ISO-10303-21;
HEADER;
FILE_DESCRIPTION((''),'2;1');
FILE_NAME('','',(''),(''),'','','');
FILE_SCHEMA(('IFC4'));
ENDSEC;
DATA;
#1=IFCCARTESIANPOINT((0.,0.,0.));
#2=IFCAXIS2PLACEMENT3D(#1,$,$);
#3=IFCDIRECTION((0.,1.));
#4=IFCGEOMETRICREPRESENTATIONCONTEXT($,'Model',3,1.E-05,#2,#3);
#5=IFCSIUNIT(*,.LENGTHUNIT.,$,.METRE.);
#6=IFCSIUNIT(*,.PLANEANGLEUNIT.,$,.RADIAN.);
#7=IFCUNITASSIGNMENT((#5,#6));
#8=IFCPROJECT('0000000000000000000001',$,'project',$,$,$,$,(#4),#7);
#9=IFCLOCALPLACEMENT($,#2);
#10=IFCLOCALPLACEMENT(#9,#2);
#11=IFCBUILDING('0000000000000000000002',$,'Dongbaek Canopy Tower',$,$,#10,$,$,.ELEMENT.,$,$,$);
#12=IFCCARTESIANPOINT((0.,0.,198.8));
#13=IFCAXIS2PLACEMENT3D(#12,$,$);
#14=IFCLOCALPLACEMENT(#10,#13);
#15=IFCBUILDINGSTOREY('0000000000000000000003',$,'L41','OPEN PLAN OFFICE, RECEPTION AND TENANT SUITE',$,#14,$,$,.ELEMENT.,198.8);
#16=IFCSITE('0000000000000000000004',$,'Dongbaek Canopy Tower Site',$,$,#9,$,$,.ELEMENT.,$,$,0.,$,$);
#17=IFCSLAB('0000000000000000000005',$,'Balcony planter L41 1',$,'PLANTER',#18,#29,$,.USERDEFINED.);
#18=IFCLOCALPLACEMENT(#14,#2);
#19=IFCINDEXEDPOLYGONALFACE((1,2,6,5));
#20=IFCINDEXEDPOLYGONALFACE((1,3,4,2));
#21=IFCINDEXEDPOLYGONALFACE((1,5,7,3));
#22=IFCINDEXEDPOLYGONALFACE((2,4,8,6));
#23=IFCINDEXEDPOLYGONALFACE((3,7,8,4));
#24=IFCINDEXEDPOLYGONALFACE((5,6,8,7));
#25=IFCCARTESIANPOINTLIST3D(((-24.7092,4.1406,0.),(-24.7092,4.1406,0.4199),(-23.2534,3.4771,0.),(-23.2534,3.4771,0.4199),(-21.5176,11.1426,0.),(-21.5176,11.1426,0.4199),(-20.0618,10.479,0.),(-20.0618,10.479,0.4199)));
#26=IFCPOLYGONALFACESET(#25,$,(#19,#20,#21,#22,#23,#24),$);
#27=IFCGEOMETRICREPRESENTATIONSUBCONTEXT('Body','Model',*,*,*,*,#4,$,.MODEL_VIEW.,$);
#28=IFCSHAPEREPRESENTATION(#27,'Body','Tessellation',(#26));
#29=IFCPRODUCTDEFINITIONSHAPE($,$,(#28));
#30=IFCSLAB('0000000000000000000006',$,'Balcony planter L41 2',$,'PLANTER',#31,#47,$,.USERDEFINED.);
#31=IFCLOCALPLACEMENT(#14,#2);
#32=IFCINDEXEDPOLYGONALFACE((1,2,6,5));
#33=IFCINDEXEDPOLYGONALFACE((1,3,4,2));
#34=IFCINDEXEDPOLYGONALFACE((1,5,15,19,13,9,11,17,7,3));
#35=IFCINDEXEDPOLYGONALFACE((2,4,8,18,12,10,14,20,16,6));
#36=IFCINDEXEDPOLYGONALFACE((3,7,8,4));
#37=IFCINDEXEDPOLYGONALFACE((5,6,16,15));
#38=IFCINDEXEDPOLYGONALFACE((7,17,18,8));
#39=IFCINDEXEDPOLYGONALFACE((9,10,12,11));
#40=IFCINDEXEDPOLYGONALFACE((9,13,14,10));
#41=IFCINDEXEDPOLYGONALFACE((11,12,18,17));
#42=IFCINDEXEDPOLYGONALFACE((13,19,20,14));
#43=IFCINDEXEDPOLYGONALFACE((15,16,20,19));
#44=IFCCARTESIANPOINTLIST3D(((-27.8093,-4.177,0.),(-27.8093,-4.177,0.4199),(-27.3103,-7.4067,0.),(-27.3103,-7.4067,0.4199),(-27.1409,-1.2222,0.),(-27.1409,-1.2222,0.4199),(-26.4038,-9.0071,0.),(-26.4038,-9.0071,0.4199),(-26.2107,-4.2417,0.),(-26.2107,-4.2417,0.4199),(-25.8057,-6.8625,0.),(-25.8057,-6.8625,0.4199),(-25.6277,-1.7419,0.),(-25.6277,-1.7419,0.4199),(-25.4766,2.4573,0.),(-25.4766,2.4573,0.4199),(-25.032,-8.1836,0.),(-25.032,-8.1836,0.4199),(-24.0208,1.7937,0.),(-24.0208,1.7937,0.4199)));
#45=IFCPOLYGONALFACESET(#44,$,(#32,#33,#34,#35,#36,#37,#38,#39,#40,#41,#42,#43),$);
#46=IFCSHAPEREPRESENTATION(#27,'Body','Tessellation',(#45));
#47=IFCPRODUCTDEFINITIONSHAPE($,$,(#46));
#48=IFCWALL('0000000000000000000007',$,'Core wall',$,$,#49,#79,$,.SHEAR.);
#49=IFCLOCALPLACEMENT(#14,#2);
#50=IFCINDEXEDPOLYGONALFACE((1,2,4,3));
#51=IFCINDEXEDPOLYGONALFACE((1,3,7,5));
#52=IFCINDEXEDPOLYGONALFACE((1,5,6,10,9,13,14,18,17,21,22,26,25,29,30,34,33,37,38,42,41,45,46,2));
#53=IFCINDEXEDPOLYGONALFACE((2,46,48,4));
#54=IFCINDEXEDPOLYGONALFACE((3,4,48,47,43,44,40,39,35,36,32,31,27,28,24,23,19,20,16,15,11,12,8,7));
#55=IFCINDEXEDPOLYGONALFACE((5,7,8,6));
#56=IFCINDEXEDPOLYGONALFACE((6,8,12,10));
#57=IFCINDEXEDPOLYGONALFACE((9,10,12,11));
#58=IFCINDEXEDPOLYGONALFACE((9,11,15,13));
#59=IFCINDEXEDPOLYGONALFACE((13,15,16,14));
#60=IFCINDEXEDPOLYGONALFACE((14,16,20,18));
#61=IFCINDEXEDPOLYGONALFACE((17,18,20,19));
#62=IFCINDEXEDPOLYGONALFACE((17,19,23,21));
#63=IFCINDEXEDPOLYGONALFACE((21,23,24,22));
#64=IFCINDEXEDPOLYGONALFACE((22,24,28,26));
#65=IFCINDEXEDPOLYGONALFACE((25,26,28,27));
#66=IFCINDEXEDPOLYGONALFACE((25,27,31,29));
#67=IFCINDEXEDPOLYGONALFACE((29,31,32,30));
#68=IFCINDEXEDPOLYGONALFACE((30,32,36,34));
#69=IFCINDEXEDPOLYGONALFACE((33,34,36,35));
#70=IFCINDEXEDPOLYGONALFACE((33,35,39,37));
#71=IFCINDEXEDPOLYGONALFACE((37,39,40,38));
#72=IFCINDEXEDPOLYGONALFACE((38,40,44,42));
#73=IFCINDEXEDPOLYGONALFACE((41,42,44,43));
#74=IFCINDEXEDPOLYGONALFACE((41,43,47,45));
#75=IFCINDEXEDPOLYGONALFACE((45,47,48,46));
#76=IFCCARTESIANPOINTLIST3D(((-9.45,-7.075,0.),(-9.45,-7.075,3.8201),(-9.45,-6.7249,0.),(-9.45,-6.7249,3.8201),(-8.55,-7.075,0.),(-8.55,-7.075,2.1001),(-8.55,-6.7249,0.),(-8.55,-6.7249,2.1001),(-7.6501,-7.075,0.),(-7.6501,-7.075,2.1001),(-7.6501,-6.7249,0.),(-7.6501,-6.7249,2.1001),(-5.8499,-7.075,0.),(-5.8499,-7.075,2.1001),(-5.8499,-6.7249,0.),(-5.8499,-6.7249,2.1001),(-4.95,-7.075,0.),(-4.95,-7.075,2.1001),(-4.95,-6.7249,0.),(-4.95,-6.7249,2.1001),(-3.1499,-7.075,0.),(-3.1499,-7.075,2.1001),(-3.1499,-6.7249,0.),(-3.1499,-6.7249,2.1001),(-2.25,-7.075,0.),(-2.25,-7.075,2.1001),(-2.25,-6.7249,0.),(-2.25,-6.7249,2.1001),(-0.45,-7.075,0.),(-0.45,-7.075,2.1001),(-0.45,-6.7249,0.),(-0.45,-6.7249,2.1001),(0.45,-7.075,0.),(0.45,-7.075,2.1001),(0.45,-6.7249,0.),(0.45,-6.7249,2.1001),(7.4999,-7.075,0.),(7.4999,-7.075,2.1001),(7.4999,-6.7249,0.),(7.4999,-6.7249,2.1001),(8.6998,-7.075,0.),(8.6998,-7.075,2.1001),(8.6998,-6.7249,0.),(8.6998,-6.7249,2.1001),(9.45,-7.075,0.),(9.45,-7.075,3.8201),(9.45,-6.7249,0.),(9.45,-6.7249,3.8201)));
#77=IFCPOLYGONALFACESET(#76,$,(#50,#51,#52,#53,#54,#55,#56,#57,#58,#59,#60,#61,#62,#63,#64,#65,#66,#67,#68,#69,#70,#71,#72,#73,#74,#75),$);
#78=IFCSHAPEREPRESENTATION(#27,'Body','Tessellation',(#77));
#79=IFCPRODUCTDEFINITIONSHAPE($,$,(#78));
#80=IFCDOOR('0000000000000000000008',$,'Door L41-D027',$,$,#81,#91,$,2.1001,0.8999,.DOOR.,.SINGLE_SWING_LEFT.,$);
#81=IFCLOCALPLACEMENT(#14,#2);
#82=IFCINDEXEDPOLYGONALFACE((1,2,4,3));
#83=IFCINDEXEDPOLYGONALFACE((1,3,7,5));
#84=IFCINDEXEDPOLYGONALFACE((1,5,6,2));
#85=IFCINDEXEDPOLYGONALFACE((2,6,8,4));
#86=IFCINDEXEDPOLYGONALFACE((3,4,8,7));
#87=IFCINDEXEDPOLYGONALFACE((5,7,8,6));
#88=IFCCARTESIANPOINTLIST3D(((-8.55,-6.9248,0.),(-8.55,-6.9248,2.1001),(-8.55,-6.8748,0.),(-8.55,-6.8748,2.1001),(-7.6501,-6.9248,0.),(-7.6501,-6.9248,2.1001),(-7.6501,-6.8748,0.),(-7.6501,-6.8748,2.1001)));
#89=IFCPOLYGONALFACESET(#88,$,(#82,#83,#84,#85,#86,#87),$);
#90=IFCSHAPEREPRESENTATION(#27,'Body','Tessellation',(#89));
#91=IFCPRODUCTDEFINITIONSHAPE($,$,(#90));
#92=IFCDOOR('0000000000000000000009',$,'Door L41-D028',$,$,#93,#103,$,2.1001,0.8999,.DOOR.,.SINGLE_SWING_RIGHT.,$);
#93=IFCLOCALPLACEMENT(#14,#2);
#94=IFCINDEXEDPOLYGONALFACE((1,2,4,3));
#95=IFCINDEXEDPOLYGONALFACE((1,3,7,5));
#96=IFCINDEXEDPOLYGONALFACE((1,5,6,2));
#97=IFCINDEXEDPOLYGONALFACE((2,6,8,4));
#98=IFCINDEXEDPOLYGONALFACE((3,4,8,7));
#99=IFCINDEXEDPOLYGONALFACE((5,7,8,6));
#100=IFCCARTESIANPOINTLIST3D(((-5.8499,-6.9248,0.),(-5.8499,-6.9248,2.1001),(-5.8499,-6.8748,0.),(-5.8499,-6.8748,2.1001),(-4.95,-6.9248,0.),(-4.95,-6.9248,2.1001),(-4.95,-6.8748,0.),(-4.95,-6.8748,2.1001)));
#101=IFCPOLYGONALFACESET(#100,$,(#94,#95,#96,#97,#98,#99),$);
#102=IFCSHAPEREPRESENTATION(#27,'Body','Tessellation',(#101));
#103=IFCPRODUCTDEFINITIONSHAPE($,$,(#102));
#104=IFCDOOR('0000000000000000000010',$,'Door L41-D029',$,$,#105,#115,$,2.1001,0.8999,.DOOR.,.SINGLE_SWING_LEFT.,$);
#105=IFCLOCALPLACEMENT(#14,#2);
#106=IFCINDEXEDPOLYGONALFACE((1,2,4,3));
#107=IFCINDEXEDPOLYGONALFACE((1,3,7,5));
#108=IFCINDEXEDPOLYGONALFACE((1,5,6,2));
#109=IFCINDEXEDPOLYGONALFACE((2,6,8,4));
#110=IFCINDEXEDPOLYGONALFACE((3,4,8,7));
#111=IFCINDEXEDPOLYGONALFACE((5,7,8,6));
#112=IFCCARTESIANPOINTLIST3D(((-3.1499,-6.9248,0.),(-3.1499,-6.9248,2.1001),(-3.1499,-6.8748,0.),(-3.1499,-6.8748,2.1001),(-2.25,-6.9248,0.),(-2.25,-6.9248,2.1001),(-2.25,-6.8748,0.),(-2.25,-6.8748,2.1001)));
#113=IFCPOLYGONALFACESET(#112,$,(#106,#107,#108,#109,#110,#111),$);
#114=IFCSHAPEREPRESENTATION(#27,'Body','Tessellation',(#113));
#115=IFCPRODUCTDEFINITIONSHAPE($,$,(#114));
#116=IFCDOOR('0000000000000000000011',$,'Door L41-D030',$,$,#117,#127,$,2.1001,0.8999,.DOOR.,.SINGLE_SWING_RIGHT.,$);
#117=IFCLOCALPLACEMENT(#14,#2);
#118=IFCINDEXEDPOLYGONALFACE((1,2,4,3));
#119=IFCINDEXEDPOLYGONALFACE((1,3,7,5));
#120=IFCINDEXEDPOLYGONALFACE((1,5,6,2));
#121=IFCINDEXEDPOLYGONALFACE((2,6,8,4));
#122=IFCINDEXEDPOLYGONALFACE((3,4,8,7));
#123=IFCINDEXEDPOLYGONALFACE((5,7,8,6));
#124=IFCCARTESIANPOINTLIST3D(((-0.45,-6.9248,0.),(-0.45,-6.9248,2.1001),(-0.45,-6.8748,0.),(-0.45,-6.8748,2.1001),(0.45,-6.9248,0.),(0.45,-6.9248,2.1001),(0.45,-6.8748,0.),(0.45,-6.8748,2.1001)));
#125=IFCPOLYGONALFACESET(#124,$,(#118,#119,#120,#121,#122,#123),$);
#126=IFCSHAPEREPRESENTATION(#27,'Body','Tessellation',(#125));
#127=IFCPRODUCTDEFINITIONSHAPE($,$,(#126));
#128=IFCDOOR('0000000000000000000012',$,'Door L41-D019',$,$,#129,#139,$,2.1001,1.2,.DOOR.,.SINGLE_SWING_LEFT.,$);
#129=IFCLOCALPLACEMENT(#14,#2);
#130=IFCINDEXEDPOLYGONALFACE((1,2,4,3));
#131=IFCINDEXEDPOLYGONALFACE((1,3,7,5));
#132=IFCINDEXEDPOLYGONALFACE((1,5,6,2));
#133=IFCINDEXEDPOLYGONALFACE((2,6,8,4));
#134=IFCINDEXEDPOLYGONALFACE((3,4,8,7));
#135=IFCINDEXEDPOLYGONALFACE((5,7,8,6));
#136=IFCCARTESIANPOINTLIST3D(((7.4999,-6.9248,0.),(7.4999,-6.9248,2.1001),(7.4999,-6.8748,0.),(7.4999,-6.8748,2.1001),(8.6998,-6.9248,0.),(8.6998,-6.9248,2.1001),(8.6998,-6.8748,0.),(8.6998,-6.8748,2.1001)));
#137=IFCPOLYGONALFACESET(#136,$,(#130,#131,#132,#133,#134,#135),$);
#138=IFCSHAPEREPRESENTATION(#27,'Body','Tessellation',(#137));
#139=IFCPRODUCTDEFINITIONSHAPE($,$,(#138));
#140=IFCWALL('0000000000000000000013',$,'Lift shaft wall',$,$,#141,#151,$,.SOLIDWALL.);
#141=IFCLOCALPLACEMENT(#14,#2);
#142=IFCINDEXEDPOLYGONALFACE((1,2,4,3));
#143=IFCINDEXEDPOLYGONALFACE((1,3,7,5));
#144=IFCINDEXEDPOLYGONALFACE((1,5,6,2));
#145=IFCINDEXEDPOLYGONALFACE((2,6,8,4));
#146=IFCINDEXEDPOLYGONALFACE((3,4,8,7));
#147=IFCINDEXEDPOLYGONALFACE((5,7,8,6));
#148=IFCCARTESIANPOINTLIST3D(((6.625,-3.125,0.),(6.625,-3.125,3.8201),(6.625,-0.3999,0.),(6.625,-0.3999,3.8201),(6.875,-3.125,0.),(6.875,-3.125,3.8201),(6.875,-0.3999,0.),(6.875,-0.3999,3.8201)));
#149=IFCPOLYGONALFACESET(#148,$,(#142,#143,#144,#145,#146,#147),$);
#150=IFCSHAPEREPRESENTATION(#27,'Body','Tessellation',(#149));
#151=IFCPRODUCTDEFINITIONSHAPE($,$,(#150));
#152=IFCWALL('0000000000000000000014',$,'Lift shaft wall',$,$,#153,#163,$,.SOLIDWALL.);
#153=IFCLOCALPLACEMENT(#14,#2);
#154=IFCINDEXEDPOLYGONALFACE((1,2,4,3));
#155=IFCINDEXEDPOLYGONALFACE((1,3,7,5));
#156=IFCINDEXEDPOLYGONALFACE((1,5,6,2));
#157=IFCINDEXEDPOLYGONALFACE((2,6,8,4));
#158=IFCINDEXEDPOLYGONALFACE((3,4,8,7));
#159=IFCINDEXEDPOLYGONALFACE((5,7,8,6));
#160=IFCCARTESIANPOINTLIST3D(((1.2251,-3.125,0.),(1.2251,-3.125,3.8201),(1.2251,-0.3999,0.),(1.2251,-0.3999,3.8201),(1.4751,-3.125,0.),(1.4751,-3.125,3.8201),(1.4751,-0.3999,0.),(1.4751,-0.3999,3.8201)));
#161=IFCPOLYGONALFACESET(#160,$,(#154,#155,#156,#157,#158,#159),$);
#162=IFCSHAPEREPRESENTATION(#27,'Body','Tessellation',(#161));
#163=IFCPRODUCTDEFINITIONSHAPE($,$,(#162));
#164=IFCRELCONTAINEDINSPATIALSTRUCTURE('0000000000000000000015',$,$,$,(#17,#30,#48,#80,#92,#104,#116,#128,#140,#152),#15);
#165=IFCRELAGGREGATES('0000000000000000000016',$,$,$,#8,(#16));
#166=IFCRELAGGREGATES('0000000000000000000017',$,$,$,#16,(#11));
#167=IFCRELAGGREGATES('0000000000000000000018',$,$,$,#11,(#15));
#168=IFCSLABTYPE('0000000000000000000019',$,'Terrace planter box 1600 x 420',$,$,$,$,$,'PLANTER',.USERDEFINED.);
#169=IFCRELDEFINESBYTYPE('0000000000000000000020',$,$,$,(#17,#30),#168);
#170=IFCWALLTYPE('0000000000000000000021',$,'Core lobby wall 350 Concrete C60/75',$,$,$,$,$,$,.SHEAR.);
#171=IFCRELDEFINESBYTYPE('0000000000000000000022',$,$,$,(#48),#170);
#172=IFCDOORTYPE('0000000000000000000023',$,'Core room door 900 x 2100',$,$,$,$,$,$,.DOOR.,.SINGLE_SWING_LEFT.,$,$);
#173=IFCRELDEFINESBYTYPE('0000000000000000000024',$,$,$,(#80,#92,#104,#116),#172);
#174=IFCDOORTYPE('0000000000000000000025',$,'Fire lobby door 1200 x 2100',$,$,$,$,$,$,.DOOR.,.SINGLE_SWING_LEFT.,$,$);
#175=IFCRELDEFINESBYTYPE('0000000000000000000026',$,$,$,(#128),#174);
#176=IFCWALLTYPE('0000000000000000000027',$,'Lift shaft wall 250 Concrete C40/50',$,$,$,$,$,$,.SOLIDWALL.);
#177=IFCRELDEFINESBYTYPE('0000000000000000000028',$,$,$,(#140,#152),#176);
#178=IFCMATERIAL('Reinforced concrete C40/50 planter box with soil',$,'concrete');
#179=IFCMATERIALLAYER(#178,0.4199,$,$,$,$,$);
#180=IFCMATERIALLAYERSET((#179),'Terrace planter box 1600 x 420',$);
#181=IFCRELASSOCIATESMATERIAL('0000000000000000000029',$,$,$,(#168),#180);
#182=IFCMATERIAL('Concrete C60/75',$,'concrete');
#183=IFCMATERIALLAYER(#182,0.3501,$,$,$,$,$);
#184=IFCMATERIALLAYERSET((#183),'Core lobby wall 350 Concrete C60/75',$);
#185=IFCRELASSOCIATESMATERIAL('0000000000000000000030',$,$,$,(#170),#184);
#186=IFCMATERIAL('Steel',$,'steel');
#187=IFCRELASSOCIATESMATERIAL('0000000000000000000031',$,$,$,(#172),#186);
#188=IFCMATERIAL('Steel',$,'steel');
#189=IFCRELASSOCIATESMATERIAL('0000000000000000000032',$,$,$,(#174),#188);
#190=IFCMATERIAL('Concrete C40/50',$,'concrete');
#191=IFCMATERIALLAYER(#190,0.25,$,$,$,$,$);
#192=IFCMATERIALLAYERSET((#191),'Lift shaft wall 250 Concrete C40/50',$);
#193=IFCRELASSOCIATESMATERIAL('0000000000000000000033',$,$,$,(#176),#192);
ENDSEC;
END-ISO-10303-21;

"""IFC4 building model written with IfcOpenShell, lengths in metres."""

from ifc_helpers import new_model, si_unit, direction, frame, frame_2d, origin, place, context, subcontext, project, spatial, polyline, rectangle, outline, extrude, material, layer, layer_set, type_object, element, fill, save


model = new_model("IFC4")

# Units and contexts
model_context = context("Model", 3, precision=1e-05, world=origin(), true_north=direction((0.0, 1.0)))
body_context = subcontext(model_context, "Body", "Model", "MODEL_VIEW")
ifc_project = project(units=[si_unit("LENGTHUNIT", "METRE"), si_unit("PLANEANGLEUNIT", "RADIAN")], contexts=[model_context])

# Site, building, storey
site_placement = place(None, origin())
site = spatial("IfcSite", under=ifc_project, at=site_placement, Name="Dongbaek Canopy Tower Site", CompositionType="ELEMENT", RefElevation=0.0)
building_placement = place(site_placement, origin())
building = spatial("IfcBuilding", under=site, at=building_placement, Name="Dongbaek Canopy Tower", CompositionType="ELEMENT")
storey_placement = place(building_placement, frame((0.0, 0.0, 198.8)))
storey = spatial("IfcBuildingStorey", under=building, at=storey_placement, Name="L41", Description="OPEN PLAN OFFICE, RECEPTION AND TENANT SUITE", CompositionType="ELEMENT", Elevation=198.8)

# Slabs
ifc_material_1 = material(Name="Reinforced concrete C40/50 planter box with soil", Category="concrete")
ifc_layer_1 = layer(ifc_material_1, 0.4199)
ifc_layer_set_1 = layer_set([ifc_layer_1], Name="Terrace planter box 1600 x 420")
slab_type_1 = type_object("IfcSlabType", Name="Terrace planter box 1600 x 420", ElementType="PLANTER", PredefinedType="USERDEFINED", material=ifc_layer_set_1)
slab_1_placement = place(storey_placement, origin())
element("IfcSlab", 1, at=slab_1_placement, inside=storey, type_object=slab_type_1, Name="Balcony planter L41 1", ObjectType="PLANTER", PredefinedType="USERDEFINED", context=body_context, shape_type="SweptSolid", body=[
    extrude(outline(polyline([(-20.0618, 10.479), (-23.2534, 3.4771), (-24.7092, 4.1406), (-21.5176, 11.1426), (-20.0618, 10.479)])), origin(), (0.0, 0.0, 1.0), 0.4199),
])
slab_2_placement = place(storey_placement, origin())
element("IfcSlab", 2, at=slab_2_placement, inside=storey, type_object=slab_type_1, Name="Balcony planter L41 2", ObjectType="PLANTER", PredefinedType="USERDEFINED", context=body_context, shape_type="SweptSolid", body=[
    extrude(outline(polyline([(-24.0208, 1.7937), (-25.6277, -1.7419), (-26.2107, -4.2417), (-25.8057, -6.8625), (-25.032, -8.1836), (-26.4038, -9.0071), (-27.3103, -7.4067), (-27.8093, -4.177), (-27.1409, -1.2222), (-25.4766, 2.4573), (-24.0208, 1.7937)])), origin(), (0.0, 0.0, 1.0), 0.4199),
])

# Wall, openings, doors
ifc_material_2 = material(Name="Concrete C60/75", Category="concrete")
ifc_layer_2 = layer(ifc_material_2, 0.3501)
ifc_layer_set_2 = layer_set([ifc_layer_2], Name="Core lobby wall 350 Concrete C60/75")
wall_type_1 = type_object("IfcWallType", Name="Core lobby wall 350 Concrete C60/75", PredefinedType="SHEAR", material=ifc_layer_set_2)
wall_1_placement = place(storey_placement, frame((9.45, -6.8999, 0.0), z_axis=(0.0, 0.0, 1.0), x_axis=(-1.0, 0.0, 0.0)))
wall_1 = element("IfcWall", 3, at=wall_1_placement, inside=storey, type_object=wall_type_1, Name="Core wall", PredefinedType="SHEAR", context=body_context, shape_type="SweptSolid", body=[
    extrude(rectangle(XDim=18.8999, YDim=0.3501, at=frame_2d((9.45, 0.0))), origin(), (0.0, 0.0, 1.0), 3.8201),
])
opening_1_placement = place(wall_1_placement, frame((0.75, 0.0, 0.0)))
opening_1 = element("IfcOpeningElement", 4, at=opening_1_placement, cuts=wall_1, PredefinedType="OPENING", context=body_context, shape_type="SweptSolid", body=[
    extrude(rectangle(XDim=1.2, YDim=2.1001, at=frame_2d((0.6001, 1.05))), frame((0.0, 0.1851, 0.0), z_axis=(0.0, -1.0, 0.0), x_axis=(1.0, 0.0, 0.0)), (0.0, 0.0, 1.0), 0.3701),
])
opening_2_placement = place(wall_1_placement, frame((17.1001, 0.0, 0.0)))
opening_2 = element("IfcOpeningElement", 5, at=opening_2_placement, cuts=wall_1, PredefinedType="OPENING", context=body_context, shape_type="SweptSolid", body=[
    extrude(rectangle(XDim=0.8999, YDim=2.1001, at=frame_2d((0.45, 1.05))), frame((0.0, 0.1851, 0.0), z_axis=(0.0, -1.0, 0.0), x_axis=(1.0, 0.0, 0.0)), (0.0, 0.0, 1.0), 0.3701),
])
opening_3_placement = place(wall_1_placement, frame((14.3999, 0.0, 0.0)))
opening_3 = element("IfcOpeningElement", 6, at=opening_3_placement, cuts=wall_1, PredefinedType="OPENING", context=body_context, shape_type="SweptSolid", body=[
    extrude(rectangle(XDim=0.8999, YDim=2.1001, at=frame_2d((0.45, 1.05))), frame((0.0, 0.1851, 0.0), z_axis=(0.0, -1.0, 0.0), x_axis=(1.0, 0.0, 0.0)), (0.0, 0.0, 1.0), 0.3701),
])
opening_4_placement = place(wall_1_placement, frame((11.7, 0.0, 0.0)))
opening_4 = element("IfcOpeningElement", 7, at=opening_4_placement, cuts=wall_1, PredefinedType="OPENING", context=body_context, shape_type="SweptSolid", body=[
    extrude(rectangle(XDim=0.8999, YDim=2.1001, at=frame_2d((0.45, 1.05))), frame((0.0, 0.1851, 0.0), z_axis=(0.0, -1.0, 0.0), x_axis=(1.0, 0.0, 0.0)), (0.0, 0.0, 1.0), 0.3701),
])
opening_5_placement = place(wall_1_placement, frame((9.0, 0.0, 0.0)))
opening_5 = element("IfcOpeningElement", 8, at=opening_5_placement, cuts=wall_1, PredefinedType="OPENING", context=body_context, shape_type="SweptSolid", body=[
    extrude(rectangle(XDim=0.8999, YDim=2.1001, at=frame_2d((0.45, 1.05))), frame((0.0, 0.1851, 0.0), z_axis=(0.0, -1.0, 0.0), x_axis=(1.0, 0.0, 0.0)), (0.0, 0.0, 1.0), 0.3701),
])
ifc_material_3 = material(Name="Steel", Category="steel")
door_type_1 = type_object("IfcDoorType", Name="Core room door 900 x 2100", OperationType="SINGLE_SWING_LEFT", PredefinedType="DOOR", material=ifc_material_3)
door_1_placement = place(opening_2_placement, origin())
door_1 = element("IfcDoor", 9, at=door_1_placement, inside=storey, type_object=door_type_1, Name="Door L41-D027", OperationType="SINGLE_SWING_LEFT", OverallHeight=2.1001, OverallWidth=0.8999, PredefinedType="DOOR", context=body_context, shape_type="SweptSolid", body=[
    extrude(rectangle(XDim=0.8999, YDim=2.1001, at=frame_2d((0.45, 1.05))), frame((0.0, 0.0249, 0.0), z_axis=(0.0, -1.0, 0.0), x_axis=(1.0, 0.0, 0.0)), (0.0, 0.0, 1.0), 0.05),
])
fill(opening_2, door_1)
door_2_placement = place(opening_3_placement, origin())
door_2 = element("IfcDoor", 10, at=door_2_placement, inside=storey, type_object=door_type_1, Name="Door L41-D028", OperationType="SINGLE_SWING_RIGHT", OverallHeight=2.1001, OverallWidth=0.8999, PredefinedType="DOOR", context=body_context, shape_type="SweptSolid", body=[
    extrude(rectangle(XDim=0.8999, YDim=2.1001, at=frame_2d((0.45, 1.05))), frame((0.0, 0.0249, 0.0), z_axis=(0.0, -1.0, 0.0), x_axis=(1.0, 0.0, 0.0)), (0.0, 0.0, 1.0), 0.05),
])
fill(opening_3, door_2)
door_3_placement = place(opening_4_placement, origin())
door_3 = element("IfcDoor", 11, at=door_3_placement, inside=storey, type_object=door_type_1, Name="Door L41-D029", OperationType="SINGLE_SWING_LEFT", OverallHeight=2.1001, OverallWidth=0.8999, PredefinedType="DOOR", context=body_context, shape_type="SweptSolid", body=[
    extrude(rectangle(XDim=0.8999, YDim=2.1001, at=frame_2d((0.45, 1.05))), frame((0.0, 0.0249, 0.0), z_axis=(0.0, -1.0, 0.0), x_axis=(1.0, 0.0, 0.0)), (0.0, 0.0, 1.0), 0.05),
])
fill(opening_4, door_3)
door_4_placement = place(opening_5_placement, origin())
door_4 = element("IfcDoor", 12, at=door_4_placement, inside=storey, type_object=door_type_1, Name="Door L41-D030", OperationType="SINGLE_SWING_RIGHT", OverallHeight=2.1001, OverallWidth=0.8999, PredefinedType="DOOR", context=body_context, shape_type="SweptSolid", body=[
    extrude(rectangle(XDim=0.8999, YDim=2.1001, at=frame_2d((0.45, 1.05))), frame((0.0, 0.0249, 0.0), z_axis=(0.0, -1.0, 0.0), x_axis=(1.0, 0.0, 0.0)), (0.0, 0.0, 1.0), 0.05),
])
fill(opening_5, door_4)
ifc_material_4 = material(Name="Steel", Category="steel")
door_type_2 = type_object("IfcDoorType", Name="Fire lobby door 1200 x 2100", OperationType="SINGLE_SWING_LEFT", PredefinedType="DOOR", material=ifc_material_4)
door_5_placement = place(opening_1_placement, origin())
door_5 = element("IfcDoor", 13, at=door_5_placement, inside=storey, type_object=door_type_2, Name="Door L41-D019", OperationType="SINGLE_SWING_LEFT", OverallHeight=2.1001, OverallWidth=1.2, PredefinedType="DOOR", context=body_context, shape_type="SweptSolid", body=[
    extrude(rectangle(XDim=1.2, YDim=2.1001, at=frame_2d((0.6001, 1.05))), frame((0.0, 0.0249, 0.0), z_axis=(0.0, -1.0, 0.0), x_axis=(1.0, 0.0, 0.0)), (0.0, 0.0, 1.0), 0.05),
])
fill(opening_1, door_5)

# Walls
ifc_material_5 = material(Name="Concrete C40/50", Category="concrete")
ifc_layer_3 = layer(ifc_material_5, 0.25)
ifc_layer_set_3 = layer_set([ifc_layer_3], Name="Lift shaft wall 250 Concrete C40/50")
wall_type_2 = type_object("IfcWallType", Name="Lift shaft wall 250 Concrete C40/50", PredefinedType="SOLIDWALL", material=ifc_layer_set_3)
for number, where, z_axis, x_axis, name in (
    (14, (6.75, -3.125, 0.0), (0.0, 0.0, 1.0), (0.0, 1.0, 0.0), "Lift shaft wall"),
    (15, (1.3501, -3.125, 0.0), (0.0, 0.0, 1.0), (0.0, 1.0, 0.0), "Lift shaft wall"),
):
    element("IfcWall", number, at=place(storey_placement, frame(where, z_axis=z_axis, x_axis=x_axis)), inside=storey, type_object=wall_type_2, Name=name, PredefinedType="SOLIDWALL", context=body_context, shape_type="SweptSolid", body=[
        extrude(rectangle(XDim=2.7251, YDim=0.25, at=frame_2d((1.3625, 0.0))), origin(), (0.0, 0.0, 1.0), 3.8201),
    ])

save(model, "model.ifc")
